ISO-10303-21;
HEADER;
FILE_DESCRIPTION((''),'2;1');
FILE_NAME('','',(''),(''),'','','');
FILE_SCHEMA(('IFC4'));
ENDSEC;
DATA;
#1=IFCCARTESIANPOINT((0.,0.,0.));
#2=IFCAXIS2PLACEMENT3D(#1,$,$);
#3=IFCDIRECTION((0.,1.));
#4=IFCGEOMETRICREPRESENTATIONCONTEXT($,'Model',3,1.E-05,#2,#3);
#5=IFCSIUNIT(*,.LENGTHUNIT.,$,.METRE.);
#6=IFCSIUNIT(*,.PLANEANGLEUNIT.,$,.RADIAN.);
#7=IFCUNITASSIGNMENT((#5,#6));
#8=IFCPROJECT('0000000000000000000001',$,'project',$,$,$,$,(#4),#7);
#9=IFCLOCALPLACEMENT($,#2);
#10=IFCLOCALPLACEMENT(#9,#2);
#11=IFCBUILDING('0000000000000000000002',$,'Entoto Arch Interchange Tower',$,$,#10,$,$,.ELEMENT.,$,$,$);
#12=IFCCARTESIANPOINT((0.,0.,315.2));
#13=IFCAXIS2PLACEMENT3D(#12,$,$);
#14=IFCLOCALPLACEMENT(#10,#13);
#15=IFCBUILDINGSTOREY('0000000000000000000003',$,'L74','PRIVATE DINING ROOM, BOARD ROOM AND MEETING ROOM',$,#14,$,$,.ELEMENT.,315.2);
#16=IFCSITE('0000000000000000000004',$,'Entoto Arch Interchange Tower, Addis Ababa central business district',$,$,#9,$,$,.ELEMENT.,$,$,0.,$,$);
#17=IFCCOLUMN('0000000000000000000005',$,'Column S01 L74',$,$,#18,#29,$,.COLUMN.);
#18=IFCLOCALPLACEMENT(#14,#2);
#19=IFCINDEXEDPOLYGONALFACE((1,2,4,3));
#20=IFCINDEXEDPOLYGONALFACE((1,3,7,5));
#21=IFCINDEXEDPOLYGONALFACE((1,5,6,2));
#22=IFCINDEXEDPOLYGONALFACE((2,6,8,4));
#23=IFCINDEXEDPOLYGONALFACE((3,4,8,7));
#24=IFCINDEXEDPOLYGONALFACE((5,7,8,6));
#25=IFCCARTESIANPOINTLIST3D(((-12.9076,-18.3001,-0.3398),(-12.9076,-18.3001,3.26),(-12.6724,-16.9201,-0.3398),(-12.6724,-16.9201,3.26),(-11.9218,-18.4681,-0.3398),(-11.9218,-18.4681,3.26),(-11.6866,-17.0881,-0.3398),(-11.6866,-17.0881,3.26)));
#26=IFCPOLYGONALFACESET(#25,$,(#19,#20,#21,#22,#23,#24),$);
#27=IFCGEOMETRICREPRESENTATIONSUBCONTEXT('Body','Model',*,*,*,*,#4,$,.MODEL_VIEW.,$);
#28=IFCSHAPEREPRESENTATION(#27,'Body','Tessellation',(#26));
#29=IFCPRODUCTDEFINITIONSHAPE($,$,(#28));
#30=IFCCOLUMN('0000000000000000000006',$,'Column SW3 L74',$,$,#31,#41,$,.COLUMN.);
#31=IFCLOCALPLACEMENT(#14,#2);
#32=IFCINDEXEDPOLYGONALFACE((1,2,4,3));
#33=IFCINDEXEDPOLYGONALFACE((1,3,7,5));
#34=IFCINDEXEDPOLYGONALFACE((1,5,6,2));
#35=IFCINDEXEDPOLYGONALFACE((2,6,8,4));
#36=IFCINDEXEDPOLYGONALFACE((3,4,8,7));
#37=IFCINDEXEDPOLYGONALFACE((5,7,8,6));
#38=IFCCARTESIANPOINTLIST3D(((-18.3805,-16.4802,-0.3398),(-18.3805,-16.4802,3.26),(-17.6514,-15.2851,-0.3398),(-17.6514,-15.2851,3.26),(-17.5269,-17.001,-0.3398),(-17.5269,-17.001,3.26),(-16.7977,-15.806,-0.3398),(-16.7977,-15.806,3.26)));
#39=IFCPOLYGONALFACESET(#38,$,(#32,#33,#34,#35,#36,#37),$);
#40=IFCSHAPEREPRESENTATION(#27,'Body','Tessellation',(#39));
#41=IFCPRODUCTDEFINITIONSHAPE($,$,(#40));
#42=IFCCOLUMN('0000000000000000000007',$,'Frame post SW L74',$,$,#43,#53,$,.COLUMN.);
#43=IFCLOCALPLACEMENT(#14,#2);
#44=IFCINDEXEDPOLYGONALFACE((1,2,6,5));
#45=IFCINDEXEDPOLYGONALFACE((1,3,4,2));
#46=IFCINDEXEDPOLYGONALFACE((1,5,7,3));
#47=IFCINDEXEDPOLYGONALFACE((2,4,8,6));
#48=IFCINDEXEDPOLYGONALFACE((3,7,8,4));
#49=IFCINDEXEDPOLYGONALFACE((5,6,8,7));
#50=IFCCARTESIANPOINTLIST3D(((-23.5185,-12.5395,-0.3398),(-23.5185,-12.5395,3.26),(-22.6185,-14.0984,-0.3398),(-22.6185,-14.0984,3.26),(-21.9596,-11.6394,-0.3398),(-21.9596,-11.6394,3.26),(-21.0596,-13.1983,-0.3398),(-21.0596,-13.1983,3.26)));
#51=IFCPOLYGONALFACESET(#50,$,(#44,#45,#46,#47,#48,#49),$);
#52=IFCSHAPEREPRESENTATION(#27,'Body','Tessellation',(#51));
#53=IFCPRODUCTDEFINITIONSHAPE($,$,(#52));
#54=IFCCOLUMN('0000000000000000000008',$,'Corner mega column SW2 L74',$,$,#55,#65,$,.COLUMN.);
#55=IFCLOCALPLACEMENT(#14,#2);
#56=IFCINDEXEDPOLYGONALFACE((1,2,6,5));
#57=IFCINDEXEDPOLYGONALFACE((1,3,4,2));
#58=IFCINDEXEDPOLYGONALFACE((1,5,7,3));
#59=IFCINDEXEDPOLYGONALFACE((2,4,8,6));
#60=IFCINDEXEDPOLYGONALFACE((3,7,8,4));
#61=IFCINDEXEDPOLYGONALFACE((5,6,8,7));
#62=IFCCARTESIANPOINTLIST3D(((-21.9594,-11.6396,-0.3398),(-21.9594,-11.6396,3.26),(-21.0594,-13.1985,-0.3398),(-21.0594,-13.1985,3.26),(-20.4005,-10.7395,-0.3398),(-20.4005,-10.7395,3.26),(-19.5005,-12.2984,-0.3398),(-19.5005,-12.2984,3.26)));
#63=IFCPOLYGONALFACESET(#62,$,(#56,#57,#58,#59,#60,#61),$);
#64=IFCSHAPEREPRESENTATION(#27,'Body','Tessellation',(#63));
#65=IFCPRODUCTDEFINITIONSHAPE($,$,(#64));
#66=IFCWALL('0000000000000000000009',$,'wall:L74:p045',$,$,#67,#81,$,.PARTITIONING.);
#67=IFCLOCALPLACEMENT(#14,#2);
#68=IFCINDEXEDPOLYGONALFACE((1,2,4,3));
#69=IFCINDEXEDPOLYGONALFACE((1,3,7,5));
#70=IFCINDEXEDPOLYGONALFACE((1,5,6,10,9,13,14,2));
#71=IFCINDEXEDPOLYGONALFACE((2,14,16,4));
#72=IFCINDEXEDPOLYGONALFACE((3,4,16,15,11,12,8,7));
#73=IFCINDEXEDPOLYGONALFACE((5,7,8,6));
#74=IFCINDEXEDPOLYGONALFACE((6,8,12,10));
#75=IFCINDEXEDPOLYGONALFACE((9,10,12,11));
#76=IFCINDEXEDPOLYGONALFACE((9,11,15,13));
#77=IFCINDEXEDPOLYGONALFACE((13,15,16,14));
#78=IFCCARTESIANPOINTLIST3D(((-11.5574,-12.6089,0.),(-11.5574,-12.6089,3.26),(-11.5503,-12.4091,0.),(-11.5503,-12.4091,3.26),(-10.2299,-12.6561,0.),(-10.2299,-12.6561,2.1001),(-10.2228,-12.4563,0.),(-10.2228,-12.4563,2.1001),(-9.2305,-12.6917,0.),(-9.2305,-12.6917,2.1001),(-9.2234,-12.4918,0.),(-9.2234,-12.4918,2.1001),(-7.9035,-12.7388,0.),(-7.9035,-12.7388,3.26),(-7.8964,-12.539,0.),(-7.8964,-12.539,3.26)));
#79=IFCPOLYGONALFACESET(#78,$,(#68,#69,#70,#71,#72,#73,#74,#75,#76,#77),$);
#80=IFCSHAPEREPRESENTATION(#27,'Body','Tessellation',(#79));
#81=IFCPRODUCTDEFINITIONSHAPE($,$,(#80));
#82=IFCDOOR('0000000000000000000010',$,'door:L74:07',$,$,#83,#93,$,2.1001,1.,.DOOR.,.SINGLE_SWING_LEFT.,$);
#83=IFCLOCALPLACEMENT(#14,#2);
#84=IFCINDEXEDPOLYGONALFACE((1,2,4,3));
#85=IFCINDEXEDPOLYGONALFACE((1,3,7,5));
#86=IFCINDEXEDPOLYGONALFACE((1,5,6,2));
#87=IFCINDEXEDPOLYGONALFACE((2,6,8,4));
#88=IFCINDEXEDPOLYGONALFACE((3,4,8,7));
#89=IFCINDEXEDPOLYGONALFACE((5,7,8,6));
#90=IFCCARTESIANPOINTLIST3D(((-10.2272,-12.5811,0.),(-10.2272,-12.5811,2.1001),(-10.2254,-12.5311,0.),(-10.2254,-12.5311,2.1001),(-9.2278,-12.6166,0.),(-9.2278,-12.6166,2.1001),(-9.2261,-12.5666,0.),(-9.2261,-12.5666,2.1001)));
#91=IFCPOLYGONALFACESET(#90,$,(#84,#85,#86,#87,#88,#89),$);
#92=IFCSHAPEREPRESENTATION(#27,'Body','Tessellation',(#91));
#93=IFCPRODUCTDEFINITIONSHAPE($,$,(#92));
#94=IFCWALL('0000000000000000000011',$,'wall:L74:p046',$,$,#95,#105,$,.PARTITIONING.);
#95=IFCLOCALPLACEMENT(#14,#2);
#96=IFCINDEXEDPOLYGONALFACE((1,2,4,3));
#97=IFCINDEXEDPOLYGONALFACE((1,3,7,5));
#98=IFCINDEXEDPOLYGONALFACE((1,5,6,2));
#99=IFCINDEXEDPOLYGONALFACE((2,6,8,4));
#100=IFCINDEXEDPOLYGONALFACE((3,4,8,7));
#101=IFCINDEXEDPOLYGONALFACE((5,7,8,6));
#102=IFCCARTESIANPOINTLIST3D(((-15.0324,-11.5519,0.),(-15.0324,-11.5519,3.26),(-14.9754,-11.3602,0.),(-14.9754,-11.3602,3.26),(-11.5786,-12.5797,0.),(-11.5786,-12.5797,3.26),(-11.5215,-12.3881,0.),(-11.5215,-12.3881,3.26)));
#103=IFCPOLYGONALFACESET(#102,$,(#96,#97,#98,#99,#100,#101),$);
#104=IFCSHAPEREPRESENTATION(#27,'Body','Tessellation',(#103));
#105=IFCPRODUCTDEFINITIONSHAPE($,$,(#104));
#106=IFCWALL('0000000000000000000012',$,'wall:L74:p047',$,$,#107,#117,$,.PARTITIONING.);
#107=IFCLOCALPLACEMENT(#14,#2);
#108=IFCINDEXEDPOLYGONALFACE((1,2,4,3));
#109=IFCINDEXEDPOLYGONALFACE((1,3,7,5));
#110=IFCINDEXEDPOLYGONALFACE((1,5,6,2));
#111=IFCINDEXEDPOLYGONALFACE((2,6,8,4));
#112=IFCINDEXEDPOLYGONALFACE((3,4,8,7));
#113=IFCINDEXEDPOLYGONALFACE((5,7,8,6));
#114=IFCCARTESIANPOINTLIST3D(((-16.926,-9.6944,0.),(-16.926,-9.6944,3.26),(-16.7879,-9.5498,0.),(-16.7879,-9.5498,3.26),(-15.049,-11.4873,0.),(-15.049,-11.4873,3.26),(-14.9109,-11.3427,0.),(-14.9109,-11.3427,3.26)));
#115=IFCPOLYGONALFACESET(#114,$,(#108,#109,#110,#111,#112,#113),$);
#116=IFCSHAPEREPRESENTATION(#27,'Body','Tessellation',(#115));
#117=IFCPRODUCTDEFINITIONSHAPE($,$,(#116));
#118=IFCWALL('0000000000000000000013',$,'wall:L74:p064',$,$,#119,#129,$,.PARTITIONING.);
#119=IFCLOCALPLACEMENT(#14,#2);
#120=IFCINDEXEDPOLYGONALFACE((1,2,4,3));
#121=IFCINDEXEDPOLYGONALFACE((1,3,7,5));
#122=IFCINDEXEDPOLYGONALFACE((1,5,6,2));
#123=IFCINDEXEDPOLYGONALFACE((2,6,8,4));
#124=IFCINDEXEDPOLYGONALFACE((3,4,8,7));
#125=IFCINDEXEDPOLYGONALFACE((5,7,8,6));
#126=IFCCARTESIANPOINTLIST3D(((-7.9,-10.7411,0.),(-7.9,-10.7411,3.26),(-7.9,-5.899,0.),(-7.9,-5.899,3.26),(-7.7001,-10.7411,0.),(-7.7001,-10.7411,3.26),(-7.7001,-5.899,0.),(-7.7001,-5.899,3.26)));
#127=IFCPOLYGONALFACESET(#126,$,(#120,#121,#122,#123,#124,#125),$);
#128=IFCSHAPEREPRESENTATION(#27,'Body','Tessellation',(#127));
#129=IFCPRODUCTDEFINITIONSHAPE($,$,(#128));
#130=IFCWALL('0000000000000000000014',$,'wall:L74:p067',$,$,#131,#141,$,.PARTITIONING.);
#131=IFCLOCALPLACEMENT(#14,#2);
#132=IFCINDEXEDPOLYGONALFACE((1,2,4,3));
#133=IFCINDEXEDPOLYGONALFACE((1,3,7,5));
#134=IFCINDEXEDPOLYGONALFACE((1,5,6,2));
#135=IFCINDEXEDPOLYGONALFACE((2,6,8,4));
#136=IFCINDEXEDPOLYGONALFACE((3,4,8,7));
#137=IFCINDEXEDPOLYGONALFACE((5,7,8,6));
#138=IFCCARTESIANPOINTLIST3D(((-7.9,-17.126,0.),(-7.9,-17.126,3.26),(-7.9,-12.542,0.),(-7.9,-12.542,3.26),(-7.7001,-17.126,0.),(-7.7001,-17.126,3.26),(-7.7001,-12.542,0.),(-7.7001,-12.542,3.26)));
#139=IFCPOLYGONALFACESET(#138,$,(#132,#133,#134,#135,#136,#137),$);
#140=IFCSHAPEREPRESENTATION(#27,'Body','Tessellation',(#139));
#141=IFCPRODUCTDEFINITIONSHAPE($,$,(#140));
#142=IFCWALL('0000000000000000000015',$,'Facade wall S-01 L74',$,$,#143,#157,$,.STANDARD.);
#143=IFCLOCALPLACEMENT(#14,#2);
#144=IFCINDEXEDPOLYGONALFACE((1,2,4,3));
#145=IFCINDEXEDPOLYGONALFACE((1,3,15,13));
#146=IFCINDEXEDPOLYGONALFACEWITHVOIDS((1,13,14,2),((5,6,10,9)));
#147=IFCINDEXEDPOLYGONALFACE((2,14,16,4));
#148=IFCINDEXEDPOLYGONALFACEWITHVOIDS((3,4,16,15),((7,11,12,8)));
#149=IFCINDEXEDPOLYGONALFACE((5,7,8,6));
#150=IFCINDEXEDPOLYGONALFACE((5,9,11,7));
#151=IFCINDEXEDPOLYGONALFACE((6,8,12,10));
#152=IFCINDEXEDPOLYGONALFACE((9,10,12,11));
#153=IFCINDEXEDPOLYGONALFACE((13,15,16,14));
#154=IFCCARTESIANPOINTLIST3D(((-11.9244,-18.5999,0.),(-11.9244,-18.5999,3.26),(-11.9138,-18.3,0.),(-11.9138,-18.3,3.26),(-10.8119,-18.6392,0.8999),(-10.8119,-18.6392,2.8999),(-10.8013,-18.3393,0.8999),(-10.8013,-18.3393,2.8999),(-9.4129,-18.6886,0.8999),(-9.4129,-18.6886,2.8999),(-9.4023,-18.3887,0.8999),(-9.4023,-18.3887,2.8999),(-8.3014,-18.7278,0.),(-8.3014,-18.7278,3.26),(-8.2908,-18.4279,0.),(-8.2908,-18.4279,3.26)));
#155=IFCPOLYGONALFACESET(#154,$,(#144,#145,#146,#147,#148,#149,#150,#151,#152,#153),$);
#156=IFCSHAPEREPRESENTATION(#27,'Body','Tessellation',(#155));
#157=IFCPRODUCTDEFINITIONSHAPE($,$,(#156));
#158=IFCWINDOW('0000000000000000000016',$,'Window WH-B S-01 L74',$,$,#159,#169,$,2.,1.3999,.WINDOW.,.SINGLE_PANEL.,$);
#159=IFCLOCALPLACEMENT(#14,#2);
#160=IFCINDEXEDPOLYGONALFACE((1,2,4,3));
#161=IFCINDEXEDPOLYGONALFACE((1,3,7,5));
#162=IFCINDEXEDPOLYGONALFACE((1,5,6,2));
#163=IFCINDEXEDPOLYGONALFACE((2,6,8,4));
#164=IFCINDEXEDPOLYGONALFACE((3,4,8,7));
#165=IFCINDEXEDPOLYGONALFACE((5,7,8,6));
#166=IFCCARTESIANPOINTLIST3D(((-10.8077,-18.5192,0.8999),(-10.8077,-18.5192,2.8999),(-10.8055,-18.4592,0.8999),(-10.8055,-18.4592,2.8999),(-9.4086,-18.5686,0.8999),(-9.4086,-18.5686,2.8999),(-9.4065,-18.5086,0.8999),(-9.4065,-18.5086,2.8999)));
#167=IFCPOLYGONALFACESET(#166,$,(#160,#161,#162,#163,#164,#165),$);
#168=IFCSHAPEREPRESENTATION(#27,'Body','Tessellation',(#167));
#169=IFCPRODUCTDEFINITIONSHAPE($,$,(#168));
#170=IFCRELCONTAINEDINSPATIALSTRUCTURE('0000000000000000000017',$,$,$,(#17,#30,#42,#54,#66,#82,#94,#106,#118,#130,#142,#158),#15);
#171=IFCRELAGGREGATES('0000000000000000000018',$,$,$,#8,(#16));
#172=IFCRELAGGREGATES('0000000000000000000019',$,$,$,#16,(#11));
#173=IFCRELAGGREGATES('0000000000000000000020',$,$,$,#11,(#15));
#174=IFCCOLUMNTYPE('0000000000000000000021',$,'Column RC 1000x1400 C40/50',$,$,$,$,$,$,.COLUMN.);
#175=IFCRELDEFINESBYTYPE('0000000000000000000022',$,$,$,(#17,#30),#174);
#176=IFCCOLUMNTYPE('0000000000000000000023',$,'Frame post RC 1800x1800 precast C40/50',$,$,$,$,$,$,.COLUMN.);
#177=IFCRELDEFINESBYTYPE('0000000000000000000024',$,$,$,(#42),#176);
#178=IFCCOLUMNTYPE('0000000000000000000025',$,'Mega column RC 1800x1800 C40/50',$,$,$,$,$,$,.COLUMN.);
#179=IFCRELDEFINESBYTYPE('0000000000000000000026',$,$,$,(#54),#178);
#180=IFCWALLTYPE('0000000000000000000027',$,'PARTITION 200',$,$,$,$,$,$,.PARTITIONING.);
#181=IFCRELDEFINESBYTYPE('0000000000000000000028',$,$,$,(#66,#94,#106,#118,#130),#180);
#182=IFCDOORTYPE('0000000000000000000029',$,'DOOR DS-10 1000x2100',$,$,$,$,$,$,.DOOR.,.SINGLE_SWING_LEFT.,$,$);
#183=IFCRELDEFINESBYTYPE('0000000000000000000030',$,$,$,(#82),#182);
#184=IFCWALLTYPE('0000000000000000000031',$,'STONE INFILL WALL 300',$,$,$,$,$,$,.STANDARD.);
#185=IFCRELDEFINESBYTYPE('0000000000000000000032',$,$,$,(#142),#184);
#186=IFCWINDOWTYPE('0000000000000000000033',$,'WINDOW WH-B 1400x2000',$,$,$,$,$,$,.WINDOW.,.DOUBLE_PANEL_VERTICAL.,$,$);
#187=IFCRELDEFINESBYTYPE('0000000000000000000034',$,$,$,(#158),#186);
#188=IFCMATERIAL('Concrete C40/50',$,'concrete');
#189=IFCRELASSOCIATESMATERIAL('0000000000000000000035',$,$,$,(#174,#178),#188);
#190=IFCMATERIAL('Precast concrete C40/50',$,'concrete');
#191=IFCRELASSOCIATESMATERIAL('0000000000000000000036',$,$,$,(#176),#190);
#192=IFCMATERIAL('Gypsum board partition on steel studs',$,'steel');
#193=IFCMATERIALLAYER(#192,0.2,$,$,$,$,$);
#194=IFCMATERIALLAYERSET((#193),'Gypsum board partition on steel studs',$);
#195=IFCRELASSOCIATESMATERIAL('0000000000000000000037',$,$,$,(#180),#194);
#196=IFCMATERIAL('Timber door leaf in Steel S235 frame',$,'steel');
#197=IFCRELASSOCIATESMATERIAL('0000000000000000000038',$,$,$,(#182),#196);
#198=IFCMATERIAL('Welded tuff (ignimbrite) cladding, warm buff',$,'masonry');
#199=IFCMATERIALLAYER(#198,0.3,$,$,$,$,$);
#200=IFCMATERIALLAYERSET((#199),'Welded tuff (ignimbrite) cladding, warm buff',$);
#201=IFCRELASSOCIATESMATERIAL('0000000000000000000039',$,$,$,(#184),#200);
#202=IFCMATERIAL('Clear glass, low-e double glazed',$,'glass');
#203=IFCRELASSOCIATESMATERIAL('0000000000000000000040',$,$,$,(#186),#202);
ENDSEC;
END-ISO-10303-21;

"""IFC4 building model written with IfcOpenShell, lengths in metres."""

from ifc_helpers import new_model, si_unit, direction, frame, frame_2d, origin, origin_2d, place, context, subcontext, project, spatial, rectangle, extrude, material, layer, layer_set, material_profile, profile_set, type_object, element, fill, save


model = new_model("IFC4")

# Units and contexts
model_context = context("Model", 3, precision=1e-05, world=origin(), true_north=direction((0.0, 1.0)))
body_context = subcontext(model_context, "Body", "Model", "MODEL_VIEW")
ifc_project = project(units=[si_unit("LENGTHUNIT", "METRE"), si_unit("PLANEANGLEUNIT", "RADIAN")], contexts=[model_context])

# Site, building, storey
site_placement = place(None, origin())
site = spatial("IfcSite", under=ifc_project, at=site_placement, Name="Entoto Arch Interchange Tower, Addis Ababa central business district", CompositionType="ELEMENT", RefElevation=0.0)
building_placement = place(site_placement, origin())
building = spatial("IfcBuilding", under=site, at=building_placement, Name="Entoto Arch Interchange Tower", CompositionType="ELEMENT")
storey_placement = place(building_placement, frame((0.0, 0.0, 315.2)))
storey = spatial("IfcBuildingStorey", under=building, at=storey_placement, Name="L74", Description="PRIVATE DINING ROOM, BOARD ROOM AND MEETING ROOM", CompositionType="ELEMENT", Elevation=315.2)

# Columns
ifc_material_1 = material(Name="Concrete C40/50", Category="concrete")
ifc_material_profile_1 = material_profile(ifc_material_1, rectangle(XDim=1.0, YDim=1.3999, at=origin_2d()))
ifc_profile_set_1 = profile_set([ifc_material_profile_1], Name="Concrete C40/50")
column_type_1 = type_object("IfcColumnType", Name="Column RC 1000x1400 C40/50", PredefinedType="COLUMN", material=ifc_profile_set_1)
for number, where, z_axis, x_axis, name in (
    (1, (-12.2971, -17.6941, -0.3398), (0.0, 0.0, 1.0), (-0.985786, 0.168008, 0.0), "Column S01 L74"),
    (2, (-17.5891, -16.1431, -0.3398), (0.0, 0.0, 1.0), (-0.853651, 0.520846, 0.0), "Column SW3 L74"),
):
    element("IfcColumn", number, at=place(storey_placement, frame(where, z_axis=z_axis, x_axis=x_axis)), inside=storey, type_object=column_type_1, Name=name, PredefinedType="COLUMN", context=body_context, shape_type="SweptSolid", body=[
        extrude(rectangle(XDim=1.0, YDim=1.3999, at=origin_2d()), origin(), (0.0, 0.0, 1.0), 3.5999),
    ])
ifc_material_2 = material(Name="Precast concrete C40/50", Category="concrete")
ifc_material_profile_2 = material_profile(ifc_material_2, rectangle(XDim=1.8, YDim=1.8, at=origin_2d()))
ifc_profile_set_2 = profile_set([ifc_material_profile_2], Name="Precast concrete C40/50")
column_type_2 = type_object("IfcColumnType", Name="Frame post RC 1800x1800 precast C40/50", PredefinedType="COLUMN", material=ifc_profile_set_2)
column_1_placement = place(storey_placement, frame((-22.2891, -12.8689, -0.3398), z_axis=(0.0, 0.0, 1.0), x_axis=(0.866025, 0.5, 0.0)))
element("IfcColumn", 3, at=column_1_placement, inside=storey, type_object=column_type_2, Name="Frame post SW L74", PredefinedType="COLUMN", context=body_context, shape_type="SweptSolid", body=[
    extrude(rectangle(XDim=1.8, YDim=1.8, at=origin_2d()), origin(), (0.0, 0.0, 1.0), 3.5999),
])
ifc_material_profile_3 = material_profile(ifc_material_1, rectangle(XDim=1.8, YDim=1.8, at=origin_2d()))
ifc_profile_set_3 = profile_set([ifc_material_profile_3], Name="Concrete C40/50")
column_type_3 = type_object("IfcColumnType", Name="Mega column RC 1800x1800 C40/50", PredefinedType="COLUMN", material=ifc_profile_set_3)
column_2_placement = place(storey_placement, frame((-20.73, -11.969, -0.3398), z_axis=(0.0, 0.0, 1.0), x_axis=(0.866025, 0.5, 0.0)))
element("IfcColumn", 4, at=column_2_placement, inside=storey, type_object=column_type_3, Name="Corner mega column SW2 L74", PredefinedType="COLUMN", context=body_context, shape_type="SweptSolid", body=[
    extrude(rectangle(XDim=1.8, YDim=1.8, at=origin_2d()), origin(), (0.0, 0.0, 1.0), 3.5999),
])

# Wall, opening, door
ifc_material_3 = material(Name="Gypsum board partition on steel studs", Category="steel")
ifc_layer_1 = layer(ifc_material_3, 0.2)
ifc_layer_set_1 = layer_set([ifc_layer_1], Name="Gypsum board partition on steel studs")
wall_type_1 = type_object("IfcWallType", Name="PARTITION 200", PredefinedType="PARTITIONING", material=ifc_layer_set_1)
wall_1_placement = place(storey_placement, frame((-7.8999, -12.6389, 0.0), z_axis=(0.0, 0.0, 1.0), x_axis=(-0.999369, 0.035522, 0.0)))
wall_1 = element("IfcWall", 5, at=wall_1_placement, inside=storey, type_object=wall_type_1, Name="wall:L74:p045", PredefinedType="PARTITIONING", context=body_context, shape_type="SweptSolid", body=[
    extrude(rectangle(XDim=3.6562, YDim=0.2, at=frame_2d((1.8281, 0.0))), origin(), (0.0, 0.0, 1.0), 3.26),
])
opening_1_placement = place(wall_1_placement, frame((1.3279, 0.0, 0.0)))
opening_1 = element("IfcOpeningElement", 6, at=opening_1_placement, cuts=wall_1, PredefinedType="OPENING", context=body_context, shape_type="SweptSolid", body=[
    extrude(rectangle(XDim=1.0, YDim=2.1001, at=frame_2d((0.5, 1.05))), frame((0.0, 0.1099, 0.0), z_axis=(0.0, -1.0, 0.0), x_axis=(1.0, 0.0, 0.0)), (0.0, 0.0, 1.0), 0.22),
])
ifc_material_4 = material(Name="Timber door leaf in Steel S235 frame", Category="steel")
door_type = type_object("IfcDoorType", Name="DOOR DS-10 1000x2100", OperationType="SINGLE_SWING_LEFT", PredefinedType="DOOR", material=ifc_material_4)
door_placement = place(opening_1_placement, origin())
door = element("IfcDoor", 7, at=door_placement, inside=storey, type_object=door_type, Name="door:L74:07", OperationType="SINGLE_SWING_LEFT", OverallHeight=2.1001, OverallWidth=1.0, PredefinedType="DOOR", context=body_context, shape_type="SweptSolid", body=[
    extrude(rectangle(XDim=1.0, YDim=2.1001, at=frame_2d((0.5, 1.05))), frame((0.0, 0.0249, 0.0), z_axis=(0.0, -1.0, 0.0), x_axis=(1.0, 0.0, 0.0)), (0.0, 0.0, 1.0), 0.05),
])
fill(opening_1, door)

# Walls
wall_2_placement = place(storey_placement, frame((-11.55, -12.4839, 0.0), z_axis=(0.0, 0.0, 1.0), x_axis=(-0.95846, 0.285228, 0.0)))
element("IfcWall", 8, at=wall_2_placement, inside=storey, type_object=wall_type_1, Name="wall:L74:p046", PredefinedType="PARTITIONING", context=body_context, shape_type="SweptSolid", body=[
    extrude(rectangle(XDim=3.6035, YDim=0.2, at=frame_2d((1.8018, 0.0))), origin(), (0.0, 0.0, 1.0), 3.26),
])
wall_3_placement = place(storey_placement, frame((-14.98, -11.415, 0.0), z_axis=(0.0, 0.0, 1.0), x_axis=(-0.723099, 0.690744, 0.0)))
element("IfcWall", 9, at=wall_3_placement, inside=storey, type_object=wall_type_1, Name="wall:L74:p047", PredefinedType="PARTITIONING", context=body_context, shape_type="SweptSolid", body=[
    extrude(rectangle(XDim=2.5957, YDim=0.2, at=frame_2d((1.2979, 0.0))), origin(), (0.0, 0.0, 1.0), 3.26),
])
wall_4_placement = place(storey_placement, frame((-7.8, -10.741, 0.0), z_axis=(0.0, 0.0, 1.0), x_axis=(0.0, 1.0, 0.0)))
element("IfcWall", 10, at=wall_4_placement, inside=storey, type_object=wall_type_1, Name="wall:L74:p064", PredefinedType="PARTITIONING", context=body_context, shape_type="SweptSolid", body=[
    extrude(rectangle(XDim=4.842, YDim=0.2, at=frame_2d((2.4209, 0.0))), origin(), (0.0, 0.0, 1.0), 3.26),
])
wall_5_placement = place(storey_placement, frame((-7.8, -17.126, 0.0), z_axis=(0.0, 0.0, 1.0), x_axis=(0.0, 1.0, 0.0)))
element("IfcWall", 11, at=wall_5_placement, inside=storey, type_object=wall_type_1, Name="wall:L74:p067", PredefinedType="PARTITIONING", context=body_context, shape_type="SweptSolid", body=[
    extrude(rectangle(XDim=4.584, YDim=0.2, at=frame_2d((2.292, 0.0))), origin(), (0.0, 0.0, 1.0), 3.26),
])

# Wall, opening, window
ifc_material_5 = material(Name="Welded tuff (ignimbrite) cladding, warm buff", Category="masonry")
ifc_layer_2 = layer(ifc_material_5, 0.3)
ifc_layer_set_2 = layer_set([ifc_layer_2], Name="Welded tuff (ignimbrite) cladding, warm buff")
wall_type_2 = type_object("IfcWallType", Name="STONE INFILL WALL 300", PredefinedType="STANDARD", material=ifc_layer_set_2)
wall_6_placement = place(storey_placement, frame((-11.9189, -18.45, 0.0), z_axis=(0.0, 0.0, 1.0), x_axis=(0.999377, -0.035288, 0.0)))
wall_6 = element("IfcWall", 12, at=wall_6_placement, inside=storey, type_object=wall_type_2, Name="Facade wall S-01 L74", PredefinedType="STANDARD", context=body_context, shape_type="SweptSolid", body=[
    extrude(rectangle(XDim=3.6252, YDim=0.3, at=frame_2d((1.8125, 0.0))), origin(), (0.0, 0.0, 1.0), 3.26),
])
opening_2_placement = place(wall_6_placement, frame((1.113, 0.0, 0.8999)))
opening_2 = element("IfcOpeningElement", 13, at=opening_2_placement, cuts=wall_6, PredefinedType="OPENING", context=body_context, shape_type="SweptSolid", body=[
    extrude(rectangle(XDim=1.3999, YDim=2.0, at=frame_2d((0.7, 1.0))), frame((0.0, 0.1602, 0.0), z_axis=(0.0, -1.0, 0.0), x_axis=(1.0, 0.0, 0.0)), (0.0, 0.0, 1.0), 0.3201),
])
ifc_material_6 = material(Name="Clear glass, low-e double glazed", Category="glass")
window_type = type_object("IfcWindowType", Name="WINDOW WH-B 1400x2000", PartitioningType="DOUBLE_PANEL_VERTICAL", PredefinedType="WINDOW", material=ifc_material_6)
window_1_placement = place(opening_2_placement, origin())
window_1 = element("IfcWindow", 14, at=window_1_placement, inside=storey, type_object=window_type, Name="Window WH-B S-01 L74", OverallHeight=2.0, OverallWidth=1.3999, PartitioningType="SINGLE_PANEL", PredefinedType="WINDOW", context=body_context, shape_type="SweptSolid", body=[
    extrude(rectangle(XDim=1.3999, YDim=2.0, at=frame_2d((0.7, 1.0))), frame((0.0, 0.03, 0.0), z_axis=(0.0, -1.0, 0.0), x_axis=(1.0, 0.0, 0.0)), (0.0, 0.0, 1.0), 0.0601),
])
fill(opening_2, window_1)

save(model, "model.ifc")
